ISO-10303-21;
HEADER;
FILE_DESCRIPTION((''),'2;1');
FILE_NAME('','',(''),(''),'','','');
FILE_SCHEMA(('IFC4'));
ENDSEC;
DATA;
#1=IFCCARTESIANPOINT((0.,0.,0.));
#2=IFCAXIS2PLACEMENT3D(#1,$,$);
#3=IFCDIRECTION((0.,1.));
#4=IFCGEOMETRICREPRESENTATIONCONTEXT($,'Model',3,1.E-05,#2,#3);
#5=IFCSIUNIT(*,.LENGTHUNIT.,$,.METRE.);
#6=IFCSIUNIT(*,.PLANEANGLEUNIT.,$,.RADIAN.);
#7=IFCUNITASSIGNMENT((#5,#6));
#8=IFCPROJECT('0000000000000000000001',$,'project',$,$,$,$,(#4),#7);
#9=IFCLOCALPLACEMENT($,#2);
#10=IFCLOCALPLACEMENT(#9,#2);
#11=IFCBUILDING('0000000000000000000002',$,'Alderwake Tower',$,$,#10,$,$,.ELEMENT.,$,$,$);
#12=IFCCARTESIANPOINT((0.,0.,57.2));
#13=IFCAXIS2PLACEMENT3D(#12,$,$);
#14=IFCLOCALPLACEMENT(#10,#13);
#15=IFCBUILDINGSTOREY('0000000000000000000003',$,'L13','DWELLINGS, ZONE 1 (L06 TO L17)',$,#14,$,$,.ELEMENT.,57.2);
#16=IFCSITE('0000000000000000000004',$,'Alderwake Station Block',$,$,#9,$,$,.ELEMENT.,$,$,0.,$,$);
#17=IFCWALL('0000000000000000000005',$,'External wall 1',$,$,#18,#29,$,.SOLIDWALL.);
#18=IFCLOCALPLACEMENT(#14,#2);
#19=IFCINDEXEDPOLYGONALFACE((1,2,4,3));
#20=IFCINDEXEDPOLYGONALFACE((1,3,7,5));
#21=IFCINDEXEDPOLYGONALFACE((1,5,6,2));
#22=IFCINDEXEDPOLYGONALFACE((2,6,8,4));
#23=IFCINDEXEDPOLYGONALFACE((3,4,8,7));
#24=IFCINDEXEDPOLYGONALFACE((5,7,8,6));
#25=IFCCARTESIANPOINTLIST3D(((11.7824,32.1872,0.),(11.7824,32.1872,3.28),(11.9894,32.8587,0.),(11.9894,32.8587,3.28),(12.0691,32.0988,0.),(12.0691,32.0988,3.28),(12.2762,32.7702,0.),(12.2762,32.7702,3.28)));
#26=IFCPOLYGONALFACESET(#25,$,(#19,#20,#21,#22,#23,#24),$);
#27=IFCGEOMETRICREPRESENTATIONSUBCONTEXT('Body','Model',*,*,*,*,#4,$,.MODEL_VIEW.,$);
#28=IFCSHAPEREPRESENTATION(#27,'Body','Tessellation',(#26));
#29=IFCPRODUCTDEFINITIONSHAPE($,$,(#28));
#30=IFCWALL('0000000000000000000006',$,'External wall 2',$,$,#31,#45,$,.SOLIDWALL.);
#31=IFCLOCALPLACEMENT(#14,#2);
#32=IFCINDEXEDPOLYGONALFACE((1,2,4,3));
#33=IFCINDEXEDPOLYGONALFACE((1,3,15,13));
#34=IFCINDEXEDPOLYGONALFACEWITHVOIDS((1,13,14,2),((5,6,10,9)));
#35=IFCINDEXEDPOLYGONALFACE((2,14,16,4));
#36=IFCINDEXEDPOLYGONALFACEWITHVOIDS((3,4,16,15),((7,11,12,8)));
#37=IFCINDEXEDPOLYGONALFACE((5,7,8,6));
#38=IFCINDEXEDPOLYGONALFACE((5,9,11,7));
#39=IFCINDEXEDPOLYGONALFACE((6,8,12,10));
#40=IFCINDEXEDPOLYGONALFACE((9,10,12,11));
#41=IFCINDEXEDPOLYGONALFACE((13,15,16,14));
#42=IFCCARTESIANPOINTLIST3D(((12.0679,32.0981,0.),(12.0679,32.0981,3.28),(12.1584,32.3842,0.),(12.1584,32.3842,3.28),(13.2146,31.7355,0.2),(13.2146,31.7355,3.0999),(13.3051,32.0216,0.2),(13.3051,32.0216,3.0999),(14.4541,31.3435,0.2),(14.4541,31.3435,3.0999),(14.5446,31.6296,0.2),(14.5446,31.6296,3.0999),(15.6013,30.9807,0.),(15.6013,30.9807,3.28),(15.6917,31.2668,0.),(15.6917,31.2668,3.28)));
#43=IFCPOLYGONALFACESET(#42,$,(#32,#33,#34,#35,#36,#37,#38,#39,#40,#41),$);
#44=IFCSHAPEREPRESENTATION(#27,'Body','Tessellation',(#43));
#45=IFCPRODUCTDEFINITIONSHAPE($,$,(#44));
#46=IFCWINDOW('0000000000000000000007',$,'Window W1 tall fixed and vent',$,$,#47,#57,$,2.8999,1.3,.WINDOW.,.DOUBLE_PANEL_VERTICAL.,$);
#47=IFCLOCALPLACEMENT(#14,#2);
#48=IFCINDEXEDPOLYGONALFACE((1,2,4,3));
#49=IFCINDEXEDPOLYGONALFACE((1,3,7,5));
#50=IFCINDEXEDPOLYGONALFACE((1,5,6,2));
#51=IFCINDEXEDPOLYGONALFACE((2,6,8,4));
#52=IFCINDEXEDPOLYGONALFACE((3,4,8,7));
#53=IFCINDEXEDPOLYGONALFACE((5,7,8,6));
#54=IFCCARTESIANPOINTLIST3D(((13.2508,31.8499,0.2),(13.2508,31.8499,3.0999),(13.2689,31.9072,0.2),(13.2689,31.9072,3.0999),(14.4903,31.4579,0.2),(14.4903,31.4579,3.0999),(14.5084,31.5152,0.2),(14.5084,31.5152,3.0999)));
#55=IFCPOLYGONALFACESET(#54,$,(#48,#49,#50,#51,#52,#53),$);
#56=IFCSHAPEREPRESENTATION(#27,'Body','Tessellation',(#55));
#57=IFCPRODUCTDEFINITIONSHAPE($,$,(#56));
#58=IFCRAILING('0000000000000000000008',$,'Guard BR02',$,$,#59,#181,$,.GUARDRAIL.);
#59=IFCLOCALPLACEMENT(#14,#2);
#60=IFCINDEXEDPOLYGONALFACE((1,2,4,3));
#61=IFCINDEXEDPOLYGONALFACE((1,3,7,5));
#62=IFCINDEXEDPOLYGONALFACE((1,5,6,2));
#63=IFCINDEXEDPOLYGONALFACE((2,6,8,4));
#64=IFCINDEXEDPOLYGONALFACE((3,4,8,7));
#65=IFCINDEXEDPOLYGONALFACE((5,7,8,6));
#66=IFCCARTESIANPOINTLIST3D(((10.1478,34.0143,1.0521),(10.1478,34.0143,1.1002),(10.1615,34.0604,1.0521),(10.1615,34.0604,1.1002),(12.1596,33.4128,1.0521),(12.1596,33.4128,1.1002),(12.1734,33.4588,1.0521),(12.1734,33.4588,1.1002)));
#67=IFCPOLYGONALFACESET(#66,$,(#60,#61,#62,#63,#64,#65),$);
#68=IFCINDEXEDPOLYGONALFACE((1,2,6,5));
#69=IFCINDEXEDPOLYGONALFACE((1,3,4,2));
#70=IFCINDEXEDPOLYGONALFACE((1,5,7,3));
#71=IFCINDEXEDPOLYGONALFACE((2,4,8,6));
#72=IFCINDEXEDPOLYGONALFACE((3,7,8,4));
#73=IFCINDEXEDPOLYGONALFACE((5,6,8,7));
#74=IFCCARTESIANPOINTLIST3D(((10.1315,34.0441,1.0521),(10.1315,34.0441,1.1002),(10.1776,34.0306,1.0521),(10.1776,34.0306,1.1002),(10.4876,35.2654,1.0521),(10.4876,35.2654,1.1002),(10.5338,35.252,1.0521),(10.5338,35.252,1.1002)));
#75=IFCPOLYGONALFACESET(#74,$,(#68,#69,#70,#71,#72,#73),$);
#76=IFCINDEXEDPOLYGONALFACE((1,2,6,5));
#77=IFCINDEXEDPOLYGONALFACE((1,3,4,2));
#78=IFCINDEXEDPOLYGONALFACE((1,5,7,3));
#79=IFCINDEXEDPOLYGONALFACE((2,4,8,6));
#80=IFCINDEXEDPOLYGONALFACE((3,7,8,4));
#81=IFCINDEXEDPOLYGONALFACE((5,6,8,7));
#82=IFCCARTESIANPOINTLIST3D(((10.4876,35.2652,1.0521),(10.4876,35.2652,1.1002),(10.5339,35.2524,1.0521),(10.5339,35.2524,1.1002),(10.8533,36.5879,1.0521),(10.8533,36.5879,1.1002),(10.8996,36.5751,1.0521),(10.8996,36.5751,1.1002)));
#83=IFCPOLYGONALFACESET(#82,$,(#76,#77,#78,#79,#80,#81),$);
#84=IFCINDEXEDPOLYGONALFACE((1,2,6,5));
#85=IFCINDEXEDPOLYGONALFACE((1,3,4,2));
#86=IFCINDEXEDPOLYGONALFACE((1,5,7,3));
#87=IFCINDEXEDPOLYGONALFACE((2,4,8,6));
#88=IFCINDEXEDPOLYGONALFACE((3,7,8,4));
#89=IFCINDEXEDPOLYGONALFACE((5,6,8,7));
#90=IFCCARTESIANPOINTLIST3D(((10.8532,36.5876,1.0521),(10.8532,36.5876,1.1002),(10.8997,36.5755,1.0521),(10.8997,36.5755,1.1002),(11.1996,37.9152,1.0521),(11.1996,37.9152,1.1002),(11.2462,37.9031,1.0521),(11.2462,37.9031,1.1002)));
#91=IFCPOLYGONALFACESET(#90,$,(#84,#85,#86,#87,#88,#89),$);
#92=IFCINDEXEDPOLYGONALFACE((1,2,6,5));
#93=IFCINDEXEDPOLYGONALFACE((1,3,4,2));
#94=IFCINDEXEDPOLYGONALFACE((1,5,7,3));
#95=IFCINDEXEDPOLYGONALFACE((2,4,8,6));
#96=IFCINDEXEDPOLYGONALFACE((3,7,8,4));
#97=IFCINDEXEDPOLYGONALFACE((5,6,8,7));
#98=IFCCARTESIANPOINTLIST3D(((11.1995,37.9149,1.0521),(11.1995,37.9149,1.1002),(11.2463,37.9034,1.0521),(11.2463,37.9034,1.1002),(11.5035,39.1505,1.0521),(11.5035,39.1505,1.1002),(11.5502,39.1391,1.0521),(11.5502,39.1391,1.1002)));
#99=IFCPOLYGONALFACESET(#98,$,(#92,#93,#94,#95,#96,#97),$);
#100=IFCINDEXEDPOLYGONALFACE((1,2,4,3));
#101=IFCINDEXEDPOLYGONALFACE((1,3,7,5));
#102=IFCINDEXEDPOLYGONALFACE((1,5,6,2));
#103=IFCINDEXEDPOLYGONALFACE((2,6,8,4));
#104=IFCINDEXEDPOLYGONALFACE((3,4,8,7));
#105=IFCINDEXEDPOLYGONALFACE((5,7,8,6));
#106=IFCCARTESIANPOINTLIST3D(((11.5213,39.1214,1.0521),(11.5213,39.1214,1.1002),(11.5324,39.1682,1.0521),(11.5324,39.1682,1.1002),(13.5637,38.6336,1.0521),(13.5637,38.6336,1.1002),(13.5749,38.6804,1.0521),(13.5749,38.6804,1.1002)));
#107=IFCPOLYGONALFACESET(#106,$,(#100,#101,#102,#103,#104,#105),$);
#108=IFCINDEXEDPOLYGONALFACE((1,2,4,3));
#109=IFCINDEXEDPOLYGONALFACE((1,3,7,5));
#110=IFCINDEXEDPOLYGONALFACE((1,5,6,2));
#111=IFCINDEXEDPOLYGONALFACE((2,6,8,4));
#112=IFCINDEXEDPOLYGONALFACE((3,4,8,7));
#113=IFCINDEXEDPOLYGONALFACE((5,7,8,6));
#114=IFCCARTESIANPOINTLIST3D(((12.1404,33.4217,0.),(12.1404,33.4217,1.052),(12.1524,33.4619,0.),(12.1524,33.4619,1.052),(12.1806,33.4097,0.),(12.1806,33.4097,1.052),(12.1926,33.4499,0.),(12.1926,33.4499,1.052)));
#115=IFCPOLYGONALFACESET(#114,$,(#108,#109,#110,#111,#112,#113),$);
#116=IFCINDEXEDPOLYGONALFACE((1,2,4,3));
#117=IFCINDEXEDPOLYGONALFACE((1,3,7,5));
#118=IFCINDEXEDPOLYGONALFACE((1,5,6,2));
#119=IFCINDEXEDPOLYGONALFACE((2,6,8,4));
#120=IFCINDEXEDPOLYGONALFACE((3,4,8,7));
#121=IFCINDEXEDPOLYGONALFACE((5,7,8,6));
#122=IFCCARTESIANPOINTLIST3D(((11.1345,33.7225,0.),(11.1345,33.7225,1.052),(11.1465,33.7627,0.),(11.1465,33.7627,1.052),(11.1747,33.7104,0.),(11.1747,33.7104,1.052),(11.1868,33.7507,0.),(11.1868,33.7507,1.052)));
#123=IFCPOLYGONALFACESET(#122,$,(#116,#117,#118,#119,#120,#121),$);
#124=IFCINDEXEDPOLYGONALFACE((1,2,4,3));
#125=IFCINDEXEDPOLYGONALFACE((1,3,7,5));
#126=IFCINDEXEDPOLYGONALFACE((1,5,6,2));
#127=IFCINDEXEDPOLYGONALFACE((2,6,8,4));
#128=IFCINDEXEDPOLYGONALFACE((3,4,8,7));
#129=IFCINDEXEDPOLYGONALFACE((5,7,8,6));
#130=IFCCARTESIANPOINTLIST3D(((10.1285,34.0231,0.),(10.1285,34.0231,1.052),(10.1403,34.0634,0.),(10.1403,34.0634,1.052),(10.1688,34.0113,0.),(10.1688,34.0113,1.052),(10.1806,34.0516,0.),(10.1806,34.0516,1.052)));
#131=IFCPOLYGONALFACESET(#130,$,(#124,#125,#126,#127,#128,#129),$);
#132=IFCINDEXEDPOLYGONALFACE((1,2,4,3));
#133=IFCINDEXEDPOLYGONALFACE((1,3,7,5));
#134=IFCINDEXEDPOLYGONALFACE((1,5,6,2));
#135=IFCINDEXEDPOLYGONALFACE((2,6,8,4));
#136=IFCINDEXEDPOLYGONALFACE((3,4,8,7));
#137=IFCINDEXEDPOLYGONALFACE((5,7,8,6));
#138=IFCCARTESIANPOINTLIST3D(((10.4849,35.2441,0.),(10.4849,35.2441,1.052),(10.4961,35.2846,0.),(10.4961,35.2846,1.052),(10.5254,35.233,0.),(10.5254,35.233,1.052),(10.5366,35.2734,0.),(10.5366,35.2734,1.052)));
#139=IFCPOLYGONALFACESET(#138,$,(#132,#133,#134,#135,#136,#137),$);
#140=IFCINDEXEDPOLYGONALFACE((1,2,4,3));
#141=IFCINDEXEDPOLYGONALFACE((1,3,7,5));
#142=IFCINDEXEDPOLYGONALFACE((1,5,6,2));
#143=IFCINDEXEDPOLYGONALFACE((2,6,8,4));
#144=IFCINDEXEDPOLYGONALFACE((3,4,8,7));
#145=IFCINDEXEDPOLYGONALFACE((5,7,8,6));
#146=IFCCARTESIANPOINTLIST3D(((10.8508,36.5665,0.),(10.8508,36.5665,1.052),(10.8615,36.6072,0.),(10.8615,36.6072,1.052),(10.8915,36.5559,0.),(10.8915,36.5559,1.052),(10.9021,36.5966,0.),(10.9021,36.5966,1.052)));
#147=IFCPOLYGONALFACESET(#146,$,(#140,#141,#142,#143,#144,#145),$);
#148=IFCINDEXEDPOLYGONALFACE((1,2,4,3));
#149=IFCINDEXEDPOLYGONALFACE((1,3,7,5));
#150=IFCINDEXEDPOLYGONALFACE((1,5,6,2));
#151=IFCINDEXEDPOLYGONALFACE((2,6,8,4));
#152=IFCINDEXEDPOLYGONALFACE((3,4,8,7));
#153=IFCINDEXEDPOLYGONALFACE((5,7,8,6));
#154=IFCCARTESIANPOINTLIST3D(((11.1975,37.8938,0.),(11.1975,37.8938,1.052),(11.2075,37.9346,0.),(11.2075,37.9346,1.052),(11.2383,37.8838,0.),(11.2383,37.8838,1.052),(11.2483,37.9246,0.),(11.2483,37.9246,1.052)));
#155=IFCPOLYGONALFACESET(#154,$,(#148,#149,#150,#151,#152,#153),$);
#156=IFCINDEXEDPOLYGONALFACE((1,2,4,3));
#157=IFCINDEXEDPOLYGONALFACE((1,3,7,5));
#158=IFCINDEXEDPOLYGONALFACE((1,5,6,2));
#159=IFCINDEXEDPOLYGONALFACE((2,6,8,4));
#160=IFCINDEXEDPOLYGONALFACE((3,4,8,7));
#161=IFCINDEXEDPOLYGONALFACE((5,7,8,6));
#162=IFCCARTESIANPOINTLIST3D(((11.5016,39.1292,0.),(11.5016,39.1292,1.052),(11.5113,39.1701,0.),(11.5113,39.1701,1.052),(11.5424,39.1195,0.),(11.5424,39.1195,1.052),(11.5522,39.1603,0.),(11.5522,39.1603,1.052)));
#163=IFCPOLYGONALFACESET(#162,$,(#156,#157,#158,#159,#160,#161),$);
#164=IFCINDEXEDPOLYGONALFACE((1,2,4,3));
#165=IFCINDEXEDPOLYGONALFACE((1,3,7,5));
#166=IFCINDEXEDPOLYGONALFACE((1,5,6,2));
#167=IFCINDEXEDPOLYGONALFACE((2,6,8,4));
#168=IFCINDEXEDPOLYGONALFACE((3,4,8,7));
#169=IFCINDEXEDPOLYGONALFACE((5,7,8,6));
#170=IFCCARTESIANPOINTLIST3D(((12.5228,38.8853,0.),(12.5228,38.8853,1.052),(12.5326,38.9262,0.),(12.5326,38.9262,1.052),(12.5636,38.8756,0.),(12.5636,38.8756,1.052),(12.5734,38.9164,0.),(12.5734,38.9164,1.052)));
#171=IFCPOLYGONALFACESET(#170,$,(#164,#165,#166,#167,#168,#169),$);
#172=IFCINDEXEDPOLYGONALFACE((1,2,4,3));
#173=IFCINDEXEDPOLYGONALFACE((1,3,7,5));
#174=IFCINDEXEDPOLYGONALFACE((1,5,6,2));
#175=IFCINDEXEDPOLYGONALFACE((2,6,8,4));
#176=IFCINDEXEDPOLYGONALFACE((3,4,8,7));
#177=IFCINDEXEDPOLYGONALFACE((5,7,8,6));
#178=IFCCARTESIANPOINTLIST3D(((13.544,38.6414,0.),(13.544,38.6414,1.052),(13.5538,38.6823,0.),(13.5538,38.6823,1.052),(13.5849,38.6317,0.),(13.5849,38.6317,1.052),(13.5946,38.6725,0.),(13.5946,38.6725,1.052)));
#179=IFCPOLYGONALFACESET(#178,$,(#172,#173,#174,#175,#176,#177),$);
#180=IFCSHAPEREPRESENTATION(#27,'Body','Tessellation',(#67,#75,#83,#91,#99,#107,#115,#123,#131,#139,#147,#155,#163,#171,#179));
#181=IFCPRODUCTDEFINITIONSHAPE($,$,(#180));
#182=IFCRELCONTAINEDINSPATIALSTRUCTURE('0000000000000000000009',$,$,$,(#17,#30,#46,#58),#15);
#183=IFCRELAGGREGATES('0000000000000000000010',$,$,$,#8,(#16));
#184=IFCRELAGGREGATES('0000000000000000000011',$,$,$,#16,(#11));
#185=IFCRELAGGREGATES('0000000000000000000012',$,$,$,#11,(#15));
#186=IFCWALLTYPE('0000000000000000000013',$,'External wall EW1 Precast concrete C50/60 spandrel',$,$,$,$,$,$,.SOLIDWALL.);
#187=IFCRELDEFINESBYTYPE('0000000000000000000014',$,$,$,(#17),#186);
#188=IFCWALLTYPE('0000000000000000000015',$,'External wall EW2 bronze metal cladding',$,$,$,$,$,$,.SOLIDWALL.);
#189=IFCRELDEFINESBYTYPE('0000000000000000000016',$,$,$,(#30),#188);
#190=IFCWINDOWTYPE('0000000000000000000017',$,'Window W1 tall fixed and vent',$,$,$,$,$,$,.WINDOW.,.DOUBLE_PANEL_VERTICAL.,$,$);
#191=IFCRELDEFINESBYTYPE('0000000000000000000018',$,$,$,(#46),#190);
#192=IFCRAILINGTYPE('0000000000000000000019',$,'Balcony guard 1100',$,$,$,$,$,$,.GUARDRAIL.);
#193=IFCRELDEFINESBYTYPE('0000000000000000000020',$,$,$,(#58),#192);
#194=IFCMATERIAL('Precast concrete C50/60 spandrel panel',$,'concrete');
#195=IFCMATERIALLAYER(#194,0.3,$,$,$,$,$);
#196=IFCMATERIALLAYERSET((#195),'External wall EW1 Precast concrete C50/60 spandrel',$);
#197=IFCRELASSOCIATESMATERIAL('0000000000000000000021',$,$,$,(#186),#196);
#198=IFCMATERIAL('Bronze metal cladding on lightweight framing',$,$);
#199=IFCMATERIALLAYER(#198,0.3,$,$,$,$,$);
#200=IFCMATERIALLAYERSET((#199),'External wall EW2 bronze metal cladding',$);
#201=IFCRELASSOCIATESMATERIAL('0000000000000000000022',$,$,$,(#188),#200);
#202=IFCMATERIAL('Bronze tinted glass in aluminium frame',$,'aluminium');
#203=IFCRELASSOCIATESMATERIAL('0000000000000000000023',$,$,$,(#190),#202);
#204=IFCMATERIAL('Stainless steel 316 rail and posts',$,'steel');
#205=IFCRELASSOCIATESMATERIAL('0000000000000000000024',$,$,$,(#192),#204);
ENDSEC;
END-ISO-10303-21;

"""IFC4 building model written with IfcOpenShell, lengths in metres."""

from ifc_helpers import new_model, si_unit, direction, frame, frame_2d, origin, origin_2d, place, context, subcontext, project, spatial, rectangle, extrude, material, layer, layer_set, type_object, element, fill, save


model = new_model("IFC4")

# Units and contexts
model_context = context("Model", 3, precision=1e-05, world=origin(), true_north=direction((0.0, 1.0)))
body_context = subcontext(model_context, "Body", "Model", "MODEL_VIEW")
ifc_project = project(units=[si_unit("LENGTHUNIT", "METRE"), si_unit("PLANEANGLEUNIT", "RADIAN")], contexts=[model_context])

# Site, building, storey
site_placement = place(None, origin())
site = spatial("IfcSite", under=ifc_project, at=site_placement, Name="Alderwake Station Block", CompositionType="ELEMENT", RefElevation=0.0)
building_placement = place(site_placement, origin())
building = spatial("IfcBuilding", under=site, at=building_placement, Name="Alderwake Tower", CompositionType="ELEMENT")
storey_placement = place(building_placement, frame((0.0, 0.0, 57.2)))
storey = spatial("IfcBuildingStorey", under=building, at=storey_placement, Name="L13", Description="DWELLINGS, ZONE 1 (L06 TO L17)", CompositionType="ELEMENT", Elevation=57.2)

# Wall
ifc_material_1 = material(Name="Precast concrete C50/60 spandrel panel", Category="concrete")
ifc_layer_1 = layer(ifc_material_1, 0.3)
ifc_layer_set_1 = layer_set([ifc_layer_1], Name="External wall EW1 Precast concrete C50/60 spandrel")
wall_type_1 = type_object("IfcWallType", Name="External wall EW1 Precast concrete C50/60 spandrel", PredefinedType="SOLIDWALL", material=ifc_layer_set_1)
wall_1_placement = place(storey_placement, frame((12.1328, 32.8145, 0.0), z_axis=(0.0, 0.0, 1.0), x_axis=(-0.294672, -0.955599, 0.0)))
element("IfcWall", 1, at=wall_1_placement, inside=storey, type_object=wall_type_1, Name="External wall 1", PredefinedType="SOLIDWALL", context=body_context, shape_type="SweptSolid", body=[
    extrude(rectangle(XDim=0.7026, YDim=0.3, at=frame_2d((0.3513, 0.0))), origin(), (0.0, 0.0, 1.0), 3.28),
])

# Wall, opening, window
ifc_material_2 = material(Name="Bronze metal cladding on lightweight framing")
ifc_layer_2 = layer(ifc_material_2, 0.3)
ifc_layer_set_2 = layer_set([ifc_layer_2], Name="External wall EW2 bronze metal cladding")
wall_type_2 = type_object("IfcWallType", Name="External wall EW2 bronze metal cladding", PredefinedType="SOLIDWALL", material=ifc_layer_set_2)
wall_2_placement = place(storey_placement, frame((12.113, 32.2412, 0.0), z_axis=(0.0, 0.0, 1.0), x_axis=(0.953458, -0.301525, 0.0)))
wall_2 = element("IfcWall", 2, at=wall_2_placement, inside=storey, type_object=wall_type_2, Name="External wall 2", PredefinedType="SOLIDWALL", context=body_context, shape_type="SweptSolid", body=[
    extrude(rectangle(XDim=3.7058, YDim=0.3, at=frame_2d((1.853, 0.0))), origin(), (0.0, 0.0, 1.0), 3.28),
])
opening_placement = place(wall_2_placement, frame((1.2029, 0.0, 0.2)))
opening = element("IfcOpeningElement", 3, at=opening_placement, cuts=wall_2, PredefinedType="OPENING", context=body_context, shape_type="SweptSolid", body=[
    extrude(rectangle(XDim=1.3, YDim=2.8999, at=frame_2d((0.6499, 1.45))), frame((0.0, 0.1599, 0.0), z_axis=(0.0, -1.0, 0.0), x_axis=(1.0, 0.0, 0.0)), (0.0, 0.0, 1.0), 0.3201),
])
ifc_material_3 = material(Name="Bronze tinted glass in aluminium frame", Category="aluminium")
window_type = type_object("IfcWindowType", Name="Window W1 tall fixed and vent", PartitioningType="DOUBLE_PANEL_VERTICAL", PredefinedType="WINDOW", material=ifc_material_3)
window_placement = place(opening_placement, origin())
window = element("IfcWindow", 4, at=window_placement, inside=storey, type_object=window_type, Name="Window W1 tall fixed and vent", OverallHeight=2.8999, OverallWidth=1.3, PartitioningType="DOUBLE_PANEL_VERTICAL", PredefinedType="WINDOW", context=body_context, shape_type="SweptSolid", body=[
    extrude(rectangle(XDim=1.3, YDim=2.8999, at=frame_2d((0.6499, 1.45))), frame((0.0, 0.03, 0.0), z_axis=(0.0, -1.0, 0.0), x_axis=(1.0, 0.0, 0.0)), (0.0, 0.0, 1.0), 0.0601),
])
fill(opening, window)

# Railing
ifc_material_4 = material(Name="Stainless steel 316 rail and posts", Category="steel")
railing_type = type_object("IfcRailingType", Name="Balcony guard 1100", PredefinedType="GUARDRAIL", material=ifc_material_4)
railing_1_placement = place(storey_placement, frame((12.1665, 33.4358, 0.0)))
element("IfcRailing", 5, at=railing_1_placement, inside=storey, type_object=railing_type, Name="Guard BR02", PredefinedType="GUARDRAIL", context=body_context, shape_type="SweptSolid", body=[
    extrude(rectangle(XDim=0.0481, YDim=0.0481, at=origin_2d()), frame((0.0, 0.0, 1.0762), z_axis=(-0.958091, 0.286462, 0.0), x_axis=(-0.286462, -0.958091, 0.0)), (0.0, 0.0, 1.0), 2.0999),
    extrude(rectangle(XDim=0.0481, YDim=0.0481, at=origin_2d()), frame((-2.012, 0.6016, 1.0762), z_axis=(0.279963, 0.960011, 0.0), x_axis=(-0.960011, 0.279963, 0.0)), (0.0, 0.0, 1.0), 1.2722),
    extrude(rectangle(XDim=0.0481, YDim=0.0481, at=origin_2d()), frame((-1.6558, 1.823, 1.0762), z_axis=(0.266488, 0.963838, 0.0), x_axis=(-0.963838, 0.266488, 0.0)), (0.0, 0.0, 1.0), 1.3723),
    extrude(rectangle(XDim=0.0481, YDim=0.0481, at=origin_2d()), frame((-1.29, 3.1458, 1.0762), z_axis=(0.252487, 0.9676, 0.0), x_axis=(-0.9676, 0.252487, 0.0)), (0.0, 0.0, 1.0), 1.3721),
    extrude(rectangle(XDim=0.0481, YDim=0.0481, at=origin_2d()), frame((-0.9436, 4.4734, 1.0762), z_axis=(0.238877, 0.97105, 0.0), x_axis=(-0.97105, 0.238877, 0.0)), (0.0, 0.0, 1.0), 1.2725),
    extrude(rectangle(XDim=0.0481, YDim=0.0481, at=origin_2d()), frame((-0.6396, 5.709, 1.0762), z_axis=(0.972646, -0.232291, 0.0), x_axis=(0.232291, 0.972646, 0.0)), (0.0, 0.0, 1.0), 2.0999),
    extrude(rectangle(XDim=0.042, YDim=0.042, at=origin_2d()), frame((0.0, 0.0, 0.0), z_axis=(0.0, 0.0, 1.0), x_axis=(-0.958091, 0.286462, 0.0)), (0.0, 0.0, 1.0), 1.052),
    extrude(rectangle(XDim=0.042, YDim=0.042, at=origin_2d()), frame((-1.0059, 0.3008, 0.0), z_axis=(0.0, 0.0, 1.0), x_axis=(-0.958091, 0.286462, 0.0)), (0.0, 0.0, 1.0), 1.052),
    extrude(rectangle(XDim=0.042, YDim=0.042, at=origin_2d()), frame((-2.012, 0.6016, 0.0), z_axis=(0.0, 0.0, 1.0), x_axis=(0.279963, 0.960011, 0.0)), (0.0, 0.0, 1.0), 1.052),
    extrude(rectangle(XDim=0.042, YDim=0.042, at=origin_2d()), frame((-1.6558, 1.823, 0.0), z_axis=(0.0, 0.0, 1.0), x_axis=(0.266488, 0.963838, 0.0)), (0.0, 0.0, 1.0), 1.052),
    extrude(rectangle(XDim=0.042, YDim=0.042, at=origin_2d()), frame((-1.29, 3.1458, 0.0), z_axis=(0.0, 0.0, 1.0), x_axis=(0.252487, 0.9676, 0.0)), (0.0, 0.0, 1.0), 1.052),
    extrude(rectangle(XDim=0.042, YDim=0.042, at=origin_2d()), frame((-0.9436, 4.4734, 0.0), z_axis=(0.0, 0.0, 1.0), x_axis=(0.238877, 0.97105, 0.0)), (0.0, 0.0, 1.0), 1.052),
    extrude(rectangle(XDim=0.042, YDim=0.042, at=origin_2d()), frame((-0.6396, 5.709, 0.0), z_axis=(0.0, 0.0, 1.0), x_axis=(0.972646, -0.232291, 0.0)), (0.0, 0.0, 1.0), 1.052),
    extrude(rectangle(XDim=0.042, YDim=0.042, at=origin_2d()), frame((0.3816, 5.4651, 0.0), z_axis=(0.0, 0.0, 1.0), x_axis=(0.972646, -0.232291, 0.0)), (0.0, 0.0, 1.0), 1.052),
    extrude(rectangle(XDim=0.042, YDim=0.042, at=origin_2d()), frame((1.4028, 5.2212, 0.0), z_axis=(0.0, 0.0, 1.0), x_axis=(0.972646, -0.232291, 0.0)), (0.0, 0.0, 1.0), 1.052),
])

save(model, "model.ifc")
